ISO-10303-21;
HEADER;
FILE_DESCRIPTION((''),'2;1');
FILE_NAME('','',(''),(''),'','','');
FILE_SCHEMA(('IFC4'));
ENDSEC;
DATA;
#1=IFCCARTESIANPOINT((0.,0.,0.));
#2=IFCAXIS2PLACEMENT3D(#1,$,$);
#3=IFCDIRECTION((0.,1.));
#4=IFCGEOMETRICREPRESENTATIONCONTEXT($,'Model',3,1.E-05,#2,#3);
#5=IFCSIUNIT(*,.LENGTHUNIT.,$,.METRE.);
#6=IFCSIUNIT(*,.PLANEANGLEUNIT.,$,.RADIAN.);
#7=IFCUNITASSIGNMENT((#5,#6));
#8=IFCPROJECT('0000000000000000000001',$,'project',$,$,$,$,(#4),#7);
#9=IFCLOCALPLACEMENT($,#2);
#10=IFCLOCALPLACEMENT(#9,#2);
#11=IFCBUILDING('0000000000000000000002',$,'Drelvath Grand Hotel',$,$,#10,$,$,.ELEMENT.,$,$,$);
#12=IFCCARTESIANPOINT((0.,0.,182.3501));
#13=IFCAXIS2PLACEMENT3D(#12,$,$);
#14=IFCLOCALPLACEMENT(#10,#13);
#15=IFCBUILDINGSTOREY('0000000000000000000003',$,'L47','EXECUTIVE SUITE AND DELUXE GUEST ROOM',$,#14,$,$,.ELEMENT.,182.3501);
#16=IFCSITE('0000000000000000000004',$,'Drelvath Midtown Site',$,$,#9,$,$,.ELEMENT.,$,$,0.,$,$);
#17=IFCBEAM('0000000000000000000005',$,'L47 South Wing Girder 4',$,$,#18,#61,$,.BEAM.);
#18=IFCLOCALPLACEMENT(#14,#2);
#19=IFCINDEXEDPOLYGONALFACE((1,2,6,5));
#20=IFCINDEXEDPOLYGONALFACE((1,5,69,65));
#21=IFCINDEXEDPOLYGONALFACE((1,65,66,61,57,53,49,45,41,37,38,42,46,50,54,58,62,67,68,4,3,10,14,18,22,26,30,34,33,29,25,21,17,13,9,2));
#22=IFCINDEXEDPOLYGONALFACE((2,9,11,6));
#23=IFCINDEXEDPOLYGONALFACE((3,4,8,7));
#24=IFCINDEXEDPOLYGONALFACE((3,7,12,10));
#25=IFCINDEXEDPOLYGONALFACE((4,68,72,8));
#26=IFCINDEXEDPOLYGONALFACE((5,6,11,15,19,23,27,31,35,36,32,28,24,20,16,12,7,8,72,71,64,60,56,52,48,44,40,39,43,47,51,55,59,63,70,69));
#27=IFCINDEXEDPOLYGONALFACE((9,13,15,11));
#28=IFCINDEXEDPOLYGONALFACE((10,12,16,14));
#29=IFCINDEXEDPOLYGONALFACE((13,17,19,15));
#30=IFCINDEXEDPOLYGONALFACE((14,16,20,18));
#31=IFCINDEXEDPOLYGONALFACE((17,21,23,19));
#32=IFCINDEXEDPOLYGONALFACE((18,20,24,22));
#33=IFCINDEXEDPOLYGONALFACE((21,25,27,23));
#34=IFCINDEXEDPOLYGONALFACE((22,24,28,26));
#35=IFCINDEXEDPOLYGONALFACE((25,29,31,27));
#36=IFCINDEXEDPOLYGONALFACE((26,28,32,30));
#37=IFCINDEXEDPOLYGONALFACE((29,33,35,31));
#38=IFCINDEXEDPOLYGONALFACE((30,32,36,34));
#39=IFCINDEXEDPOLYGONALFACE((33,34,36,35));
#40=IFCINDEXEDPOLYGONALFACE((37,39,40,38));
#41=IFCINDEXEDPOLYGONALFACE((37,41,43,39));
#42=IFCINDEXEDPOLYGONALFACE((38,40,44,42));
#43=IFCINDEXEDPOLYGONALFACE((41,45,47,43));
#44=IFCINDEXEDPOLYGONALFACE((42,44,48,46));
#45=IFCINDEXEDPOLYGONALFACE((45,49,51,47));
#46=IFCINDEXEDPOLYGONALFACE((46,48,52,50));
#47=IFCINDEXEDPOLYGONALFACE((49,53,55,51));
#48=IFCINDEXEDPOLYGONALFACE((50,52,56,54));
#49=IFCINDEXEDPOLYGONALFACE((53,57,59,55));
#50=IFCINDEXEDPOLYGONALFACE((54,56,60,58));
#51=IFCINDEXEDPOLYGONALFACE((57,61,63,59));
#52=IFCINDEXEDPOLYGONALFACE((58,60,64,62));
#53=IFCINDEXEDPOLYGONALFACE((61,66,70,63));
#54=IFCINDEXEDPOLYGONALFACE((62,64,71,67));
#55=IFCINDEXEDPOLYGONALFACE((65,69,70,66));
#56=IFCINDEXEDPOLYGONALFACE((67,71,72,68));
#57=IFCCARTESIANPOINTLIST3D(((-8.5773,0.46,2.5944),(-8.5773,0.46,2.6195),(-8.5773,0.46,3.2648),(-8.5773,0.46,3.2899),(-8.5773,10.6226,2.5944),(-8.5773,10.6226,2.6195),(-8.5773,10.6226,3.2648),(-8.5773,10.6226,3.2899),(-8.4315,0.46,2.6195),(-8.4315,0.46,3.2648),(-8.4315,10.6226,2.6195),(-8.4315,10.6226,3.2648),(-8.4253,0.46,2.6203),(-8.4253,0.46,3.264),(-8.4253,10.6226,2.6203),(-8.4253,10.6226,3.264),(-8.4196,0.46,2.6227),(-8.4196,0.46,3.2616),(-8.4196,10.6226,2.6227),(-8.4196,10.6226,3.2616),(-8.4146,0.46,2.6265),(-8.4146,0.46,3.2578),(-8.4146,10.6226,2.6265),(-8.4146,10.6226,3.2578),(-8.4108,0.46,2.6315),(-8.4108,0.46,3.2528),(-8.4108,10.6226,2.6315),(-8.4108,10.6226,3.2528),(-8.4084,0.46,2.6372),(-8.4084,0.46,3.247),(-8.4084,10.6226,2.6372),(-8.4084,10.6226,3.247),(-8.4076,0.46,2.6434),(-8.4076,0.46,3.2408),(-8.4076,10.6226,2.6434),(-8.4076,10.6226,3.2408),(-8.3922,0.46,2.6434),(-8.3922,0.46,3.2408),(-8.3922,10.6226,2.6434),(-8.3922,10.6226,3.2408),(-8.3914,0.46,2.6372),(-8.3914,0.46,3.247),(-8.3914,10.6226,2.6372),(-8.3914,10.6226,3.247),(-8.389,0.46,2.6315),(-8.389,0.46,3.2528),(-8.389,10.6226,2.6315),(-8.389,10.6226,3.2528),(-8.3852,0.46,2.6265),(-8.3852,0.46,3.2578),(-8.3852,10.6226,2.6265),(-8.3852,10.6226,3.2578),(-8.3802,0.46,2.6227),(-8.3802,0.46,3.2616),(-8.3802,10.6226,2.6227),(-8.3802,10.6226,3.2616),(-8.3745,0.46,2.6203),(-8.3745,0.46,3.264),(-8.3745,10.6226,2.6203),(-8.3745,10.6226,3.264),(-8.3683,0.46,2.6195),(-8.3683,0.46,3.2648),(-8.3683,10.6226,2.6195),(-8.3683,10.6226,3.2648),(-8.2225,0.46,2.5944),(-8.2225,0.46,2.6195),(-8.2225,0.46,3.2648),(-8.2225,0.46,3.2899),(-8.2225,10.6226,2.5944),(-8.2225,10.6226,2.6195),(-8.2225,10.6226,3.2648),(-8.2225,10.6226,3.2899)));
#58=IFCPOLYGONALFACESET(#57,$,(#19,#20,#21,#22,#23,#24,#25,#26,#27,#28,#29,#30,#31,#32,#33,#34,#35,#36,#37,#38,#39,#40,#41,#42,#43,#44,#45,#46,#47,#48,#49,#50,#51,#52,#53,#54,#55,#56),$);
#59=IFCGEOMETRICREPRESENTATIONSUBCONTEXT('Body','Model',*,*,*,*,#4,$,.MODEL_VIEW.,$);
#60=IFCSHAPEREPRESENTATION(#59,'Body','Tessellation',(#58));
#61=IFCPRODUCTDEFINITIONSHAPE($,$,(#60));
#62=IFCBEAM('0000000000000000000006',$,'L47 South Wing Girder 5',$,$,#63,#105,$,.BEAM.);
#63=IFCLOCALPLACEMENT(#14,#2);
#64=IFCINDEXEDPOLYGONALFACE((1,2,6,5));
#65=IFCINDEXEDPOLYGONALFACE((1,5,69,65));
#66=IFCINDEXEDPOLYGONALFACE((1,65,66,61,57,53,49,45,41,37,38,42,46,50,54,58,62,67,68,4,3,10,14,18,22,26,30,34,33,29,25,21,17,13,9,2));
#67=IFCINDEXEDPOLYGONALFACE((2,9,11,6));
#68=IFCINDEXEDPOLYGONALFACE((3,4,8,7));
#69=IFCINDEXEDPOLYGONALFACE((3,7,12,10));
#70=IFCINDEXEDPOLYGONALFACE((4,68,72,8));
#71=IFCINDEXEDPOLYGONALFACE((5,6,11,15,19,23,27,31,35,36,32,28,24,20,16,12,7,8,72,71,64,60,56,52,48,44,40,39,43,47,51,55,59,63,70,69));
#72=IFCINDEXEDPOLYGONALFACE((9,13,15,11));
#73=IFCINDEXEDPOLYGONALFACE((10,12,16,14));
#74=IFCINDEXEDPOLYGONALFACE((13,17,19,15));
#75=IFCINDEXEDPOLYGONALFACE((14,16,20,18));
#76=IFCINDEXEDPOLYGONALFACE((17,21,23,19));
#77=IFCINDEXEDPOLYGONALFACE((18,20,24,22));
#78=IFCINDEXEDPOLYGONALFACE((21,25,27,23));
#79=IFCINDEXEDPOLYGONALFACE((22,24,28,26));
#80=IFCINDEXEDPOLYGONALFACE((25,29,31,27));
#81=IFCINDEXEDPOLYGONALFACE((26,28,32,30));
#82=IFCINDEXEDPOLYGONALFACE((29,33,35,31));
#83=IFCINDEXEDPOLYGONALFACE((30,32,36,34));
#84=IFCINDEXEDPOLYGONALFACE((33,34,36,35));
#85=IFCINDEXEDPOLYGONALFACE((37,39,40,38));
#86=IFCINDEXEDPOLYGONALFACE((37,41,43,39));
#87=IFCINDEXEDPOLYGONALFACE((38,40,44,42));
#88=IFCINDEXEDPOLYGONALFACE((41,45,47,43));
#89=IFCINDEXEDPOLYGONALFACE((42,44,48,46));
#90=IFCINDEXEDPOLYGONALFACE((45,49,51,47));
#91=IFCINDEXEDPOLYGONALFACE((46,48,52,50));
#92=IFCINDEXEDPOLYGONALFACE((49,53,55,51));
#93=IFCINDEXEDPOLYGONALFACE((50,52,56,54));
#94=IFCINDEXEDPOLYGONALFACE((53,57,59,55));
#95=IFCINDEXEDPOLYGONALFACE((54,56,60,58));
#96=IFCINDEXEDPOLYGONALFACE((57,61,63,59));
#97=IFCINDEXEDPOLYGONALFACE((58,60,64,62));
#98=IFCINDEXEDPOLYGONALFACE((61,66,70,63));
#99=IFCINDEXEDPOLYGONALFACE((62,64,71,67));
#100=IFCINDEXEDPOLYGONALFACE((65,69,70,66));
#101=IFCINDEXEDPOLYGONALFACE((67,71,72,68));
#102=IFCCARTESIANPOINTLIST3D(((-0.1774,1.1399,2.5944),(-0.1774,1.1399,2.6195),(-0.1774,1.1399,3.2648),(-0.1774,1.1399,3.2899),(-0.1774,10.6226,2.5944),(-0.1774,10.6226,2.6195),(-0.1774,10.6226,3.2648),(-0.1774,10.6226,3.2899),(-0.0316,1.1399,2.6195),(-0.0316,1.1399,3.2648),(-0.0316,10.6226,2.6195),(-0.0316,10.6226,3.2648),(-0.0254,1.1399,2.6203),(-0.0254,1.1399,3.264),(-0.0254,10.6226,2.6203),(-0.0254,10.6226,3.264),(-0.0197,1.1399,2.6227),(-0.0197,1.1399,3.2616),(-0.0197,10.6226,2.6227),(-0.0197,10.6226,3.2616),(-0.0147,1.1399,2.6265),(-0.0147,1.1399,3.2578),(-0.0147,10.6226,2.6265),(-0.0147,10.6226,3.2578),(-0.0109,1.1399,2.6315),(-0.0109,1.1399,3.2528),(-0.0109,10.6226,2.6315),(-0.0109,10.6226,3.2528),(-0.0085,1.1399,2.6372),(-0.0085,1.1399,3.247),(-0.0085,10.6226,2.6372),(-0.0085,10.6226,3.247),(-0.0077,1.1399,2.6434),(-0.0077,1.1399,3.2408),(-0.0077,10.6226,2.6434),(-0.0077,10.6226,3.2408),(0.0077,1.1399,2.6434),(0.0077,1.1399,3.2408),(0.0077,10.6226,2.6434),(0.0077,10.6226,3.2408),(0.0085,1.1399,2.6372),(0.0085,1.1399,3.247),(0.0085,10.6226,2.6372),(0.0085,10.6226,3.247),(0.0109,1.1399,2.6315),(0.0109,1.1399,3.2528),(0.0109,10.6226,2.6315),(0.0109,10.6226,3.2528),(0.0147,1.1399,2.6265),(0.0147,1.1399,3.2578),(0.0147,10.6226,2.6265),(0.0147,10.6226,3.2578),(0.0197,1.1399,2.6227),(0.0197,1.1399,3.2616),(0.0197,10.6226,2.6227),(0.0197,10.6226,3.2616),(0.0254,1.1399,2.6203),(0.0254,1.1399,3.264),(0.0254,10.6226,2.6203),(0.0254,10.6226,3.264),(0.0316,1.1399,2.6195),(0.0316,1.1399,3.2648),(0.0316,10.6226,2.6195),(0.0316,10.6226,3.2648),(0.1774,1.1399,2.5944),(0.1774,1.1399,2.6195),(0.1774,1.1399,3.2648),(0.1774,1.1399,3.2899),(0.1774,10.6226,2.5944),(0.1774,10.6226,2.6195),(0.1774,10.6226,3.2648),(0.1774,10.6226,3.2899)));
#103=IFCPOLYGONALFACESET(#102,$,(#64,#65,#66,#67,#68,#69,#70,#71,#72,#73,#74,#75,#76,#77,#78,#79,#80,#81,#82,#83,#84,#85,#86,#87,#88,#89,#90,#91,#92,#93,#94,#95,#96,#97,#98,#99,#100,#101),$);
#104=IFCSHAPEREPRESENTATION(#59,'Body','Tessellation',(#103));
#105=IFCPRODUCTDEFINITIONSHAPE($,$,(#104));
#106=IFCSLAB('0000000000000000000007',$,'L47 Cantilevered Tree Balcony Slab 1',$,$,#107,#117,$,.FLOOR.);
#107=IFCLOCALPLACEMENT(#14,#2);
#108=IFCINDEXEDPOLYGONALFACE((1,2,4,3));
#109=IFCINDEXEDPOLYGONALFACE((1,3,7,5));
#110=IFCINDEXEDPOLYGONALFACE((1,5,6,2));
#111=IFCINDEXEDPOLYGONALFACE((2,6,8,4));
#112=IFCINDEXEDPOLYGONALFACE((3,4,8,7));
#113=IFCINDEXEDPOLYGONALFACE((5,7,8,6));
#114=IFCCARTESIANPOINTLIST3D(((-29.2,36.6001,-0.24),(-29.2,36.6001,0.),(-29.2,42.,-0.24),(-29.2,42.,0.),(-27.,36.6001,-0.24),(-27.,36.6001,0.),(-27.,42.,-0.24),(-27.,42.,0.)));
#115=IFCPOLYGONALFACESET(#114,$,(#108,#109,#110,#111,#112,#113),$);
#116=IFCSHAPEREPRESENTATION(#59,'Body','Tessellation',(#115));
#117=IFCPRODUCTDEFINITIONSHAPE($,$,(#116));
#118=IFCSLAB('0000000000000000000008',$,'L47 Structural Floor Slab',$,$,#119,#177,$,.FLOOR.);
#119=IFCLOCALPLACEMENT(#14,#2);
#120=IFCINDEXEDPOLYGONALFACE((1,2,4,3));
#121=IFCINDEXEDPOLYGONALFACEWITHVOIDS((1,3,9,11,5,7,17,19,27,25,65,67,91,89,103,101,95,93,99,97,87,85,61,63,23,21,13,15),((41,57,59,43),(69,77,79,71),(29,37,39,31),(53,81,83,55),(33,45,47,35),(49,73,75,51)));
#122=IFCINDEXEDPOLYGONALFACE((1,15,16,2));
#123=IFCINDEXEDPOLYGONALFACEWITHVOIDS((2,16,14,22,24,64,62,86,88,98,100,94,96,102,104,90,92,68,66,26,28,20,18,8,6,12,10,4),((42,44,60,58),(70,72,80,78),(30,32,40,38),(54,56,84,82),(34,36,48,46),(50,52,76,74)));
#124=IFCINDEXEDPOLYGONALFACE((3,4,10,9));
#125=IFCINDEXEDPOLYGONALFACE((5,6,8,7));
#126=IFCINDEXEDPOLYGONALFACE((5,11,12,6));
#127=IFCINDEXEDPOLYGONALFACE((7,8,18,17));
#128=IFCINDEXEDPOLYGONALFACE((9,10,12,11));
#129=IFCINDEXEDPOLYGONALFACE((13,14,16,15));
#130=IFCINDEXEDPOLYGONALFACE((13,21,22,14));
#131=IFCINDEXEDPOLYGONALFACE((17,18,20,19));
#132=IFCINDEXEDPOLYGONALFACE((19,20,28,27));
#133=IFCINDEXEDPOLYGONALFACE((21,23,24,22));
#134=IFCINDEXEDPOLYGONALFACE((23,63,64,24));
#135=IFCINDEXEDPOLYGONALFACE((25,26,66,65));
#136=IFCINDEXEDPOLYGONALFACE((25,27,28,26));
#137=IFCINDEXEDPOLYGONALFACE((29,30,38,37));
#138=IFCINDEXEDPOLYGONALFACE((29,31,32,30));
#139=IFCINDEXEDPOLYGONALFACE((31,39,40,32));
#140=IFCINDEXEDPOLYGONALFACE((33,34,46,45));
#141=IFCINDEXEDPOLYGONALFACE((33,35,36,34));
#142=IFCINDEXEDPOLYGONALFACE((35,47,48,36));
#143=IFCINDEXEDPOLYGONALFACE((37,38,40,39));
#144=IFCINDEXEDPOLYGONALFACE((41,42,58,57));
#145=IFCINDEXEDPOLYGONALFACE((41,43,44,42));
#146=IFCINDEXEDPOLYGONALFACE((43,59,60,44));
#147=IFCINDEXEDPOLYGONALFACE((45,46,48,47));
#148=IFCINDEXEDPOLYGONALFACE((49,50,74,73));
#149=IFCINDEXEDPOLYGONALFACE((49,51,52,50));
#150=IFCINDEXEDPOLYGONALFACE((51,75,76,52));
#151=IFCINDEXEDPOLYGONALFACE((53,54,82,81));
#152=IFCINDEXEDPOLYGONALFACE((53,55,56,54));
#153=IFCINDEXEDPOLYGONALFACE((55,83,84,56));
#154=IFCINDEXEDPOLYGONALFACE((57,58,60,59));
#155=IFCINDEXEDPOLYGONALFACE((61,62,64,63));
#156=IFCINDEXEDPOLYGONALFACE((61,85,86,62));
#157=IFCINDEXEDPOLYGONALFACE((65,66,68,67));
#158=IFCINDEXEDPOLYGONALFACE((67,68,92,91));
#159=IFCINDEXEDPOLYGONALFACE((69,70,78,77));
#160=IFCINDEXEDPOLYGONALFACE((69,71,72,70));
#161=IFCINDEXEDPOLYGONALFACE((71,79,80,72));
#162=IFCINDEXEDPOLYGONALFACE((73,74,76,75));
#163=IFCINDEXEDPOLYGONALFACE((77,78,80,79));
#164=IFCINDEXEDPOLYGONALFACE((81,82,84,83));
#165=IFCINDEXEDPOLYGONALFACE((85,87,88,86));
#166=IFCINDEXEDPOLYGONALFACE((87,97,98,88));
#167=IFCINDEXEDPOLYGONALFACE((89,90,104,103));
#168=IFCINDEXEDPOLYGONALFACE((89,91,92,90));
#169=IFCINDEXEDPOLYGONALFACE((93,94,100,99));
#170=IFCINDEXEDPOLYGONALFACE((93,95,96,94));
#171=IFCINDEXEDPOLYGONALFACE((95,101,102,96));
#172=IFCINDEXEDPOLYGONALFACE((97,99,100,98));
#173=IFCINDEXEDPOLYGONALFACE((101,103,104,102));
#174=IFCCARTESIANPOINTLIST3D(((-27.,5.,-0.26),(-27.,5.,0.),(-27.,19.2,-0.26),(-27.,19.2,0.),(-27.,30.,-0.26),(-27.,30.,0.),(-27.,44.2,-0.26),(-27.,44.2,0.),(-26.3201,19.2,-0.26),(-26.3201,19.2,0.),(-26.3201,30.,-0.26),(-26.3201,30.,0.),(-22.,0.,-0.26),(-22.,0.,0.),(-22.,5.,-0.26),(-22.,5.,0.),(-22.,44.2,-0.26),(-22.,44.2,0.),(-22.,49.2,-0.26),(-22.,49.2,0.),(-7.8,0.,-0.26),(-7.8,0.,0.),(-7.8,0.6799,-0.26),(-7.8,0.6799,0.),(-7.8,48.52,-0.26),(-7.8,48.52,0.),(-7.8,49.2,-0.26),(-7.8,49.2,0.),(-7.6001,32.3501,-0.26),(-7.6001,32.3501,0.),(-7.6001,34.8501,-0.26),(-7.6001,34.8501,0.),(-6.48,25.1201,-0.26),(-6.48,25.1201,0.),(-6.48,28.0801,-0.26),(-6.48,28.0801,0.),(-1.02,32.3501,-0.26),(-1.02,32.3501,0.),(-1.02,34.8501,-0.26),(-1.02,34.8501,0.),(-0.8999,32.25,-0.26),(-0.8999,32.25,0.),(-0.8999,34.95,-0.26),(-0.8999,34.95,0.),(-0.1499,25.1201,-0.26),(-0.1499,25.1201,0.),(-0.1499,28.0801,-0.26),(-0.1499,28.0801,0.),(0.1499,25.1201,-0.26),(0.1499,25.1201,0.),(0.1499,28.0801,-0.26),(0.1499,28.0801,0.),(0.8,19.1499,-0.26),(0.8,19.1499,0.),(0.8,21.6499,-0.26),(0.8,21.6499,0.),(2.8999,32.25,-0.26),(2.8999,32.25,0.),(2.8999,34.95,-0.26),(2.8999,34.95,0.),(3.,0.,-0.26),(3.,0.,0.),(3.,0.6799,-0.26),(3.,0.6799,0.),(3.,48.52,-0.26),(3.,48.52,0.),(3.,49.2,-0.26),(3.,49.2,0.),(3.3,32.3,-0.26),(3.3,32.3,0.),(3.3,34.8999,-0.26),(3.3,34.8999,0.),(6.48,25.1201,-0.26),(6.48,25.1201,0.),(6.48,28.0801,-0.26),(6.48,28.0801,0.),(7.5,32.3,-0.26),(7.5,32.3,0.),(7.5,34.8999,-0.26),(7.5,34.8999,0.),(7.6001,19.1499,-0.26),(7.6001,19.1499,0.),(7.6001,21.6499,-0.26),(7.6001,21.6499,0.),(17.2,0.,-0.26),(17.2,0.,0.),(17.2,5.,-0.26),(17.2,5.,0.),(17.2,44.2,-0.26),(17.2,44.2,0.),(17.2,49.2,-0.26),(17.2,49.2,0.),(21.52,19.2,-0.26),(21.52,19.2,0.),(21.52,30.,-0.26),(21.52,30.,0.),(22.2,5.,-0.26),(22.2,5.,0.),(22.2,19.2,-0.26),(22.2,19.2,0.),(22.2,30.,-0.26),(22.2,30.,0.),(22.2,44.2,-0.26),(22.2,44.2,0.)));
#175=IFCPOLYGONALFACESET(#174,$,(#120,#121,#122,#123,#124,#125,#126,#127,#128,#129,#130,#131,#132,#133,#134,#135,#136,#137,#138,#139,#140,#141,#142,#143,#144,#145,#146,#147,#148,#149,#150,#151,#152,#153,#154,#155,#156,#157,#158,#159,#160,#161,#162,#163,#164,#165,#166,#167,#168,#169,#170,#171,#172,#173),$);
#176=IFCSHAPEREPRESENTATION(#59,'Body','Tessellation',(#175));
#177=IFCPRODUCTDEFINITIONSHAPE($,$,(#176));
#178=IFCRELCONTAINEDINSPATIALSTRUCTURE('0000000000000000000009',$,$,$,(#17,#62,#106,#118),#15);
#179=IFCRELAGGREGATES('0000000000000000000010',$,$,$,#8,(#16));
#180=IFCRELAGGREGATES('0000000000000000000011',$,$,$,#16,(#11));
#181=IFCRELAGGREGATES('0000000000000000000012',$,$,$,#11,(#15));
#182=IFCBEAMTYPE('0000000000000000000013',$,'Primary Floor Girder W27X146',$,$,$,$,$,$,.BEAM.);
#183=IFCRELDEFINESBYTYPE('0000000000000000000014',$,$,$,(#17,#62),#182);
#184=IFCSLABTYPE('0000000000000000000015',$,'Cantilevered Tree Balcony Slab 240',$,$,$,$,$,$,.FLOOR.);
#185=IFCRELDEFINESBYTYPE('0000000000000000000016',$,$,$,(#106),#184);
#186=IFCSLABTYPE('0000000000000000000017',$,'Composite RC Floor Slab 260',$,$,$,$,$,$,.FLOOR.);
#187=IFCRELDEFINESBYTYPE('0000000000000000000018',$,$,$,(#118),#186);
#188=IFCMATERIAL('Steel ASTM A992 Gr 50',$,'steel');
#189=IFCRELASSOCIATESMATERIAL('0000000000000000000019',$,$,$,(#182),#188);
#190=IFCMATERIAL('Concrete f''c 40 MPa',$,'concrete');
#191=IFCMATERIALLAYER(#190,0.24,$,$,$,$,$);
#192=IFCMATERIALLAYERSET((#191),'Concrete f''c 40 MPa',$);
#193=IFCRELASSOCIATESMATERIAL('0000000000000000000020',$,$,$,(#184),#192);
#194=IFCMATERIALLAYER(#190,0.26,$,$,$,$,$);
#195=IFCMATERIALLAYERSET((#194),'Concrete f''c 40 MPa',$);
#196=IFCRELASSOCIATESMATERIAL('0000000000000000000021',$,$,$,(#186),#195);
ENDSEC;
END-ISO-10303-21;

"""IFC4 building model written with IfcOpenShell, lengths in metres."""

from ifc_helpers import new_model, si_unit, direction, frame, origin, origin_2d, place, context, subcontext, project, spatial, polyline, i_section, outline, extrude, material, layer, layer_set, material_profile, profile_set, type_object, element, save


model = new_model("IFC4")

# Units and contexts
model_context = context("Model", 3, precision=1e-05, world=origin(), true_north=direction((0.0, 1.0)))
body_context = subcontext(model_context, "Body", "Model", "MODEL_VIEW")
ifc_project = project(units=[si_unit("LENGTHUNIT", "METRE"), si_unit("PLANEANGLEUNIT", "RADIAN")], contexts=[model_context])

# Site, building, storey
site_placement = place(None, origin())
site = spatial("IfcSite", under=ifc_project, at=site_placement, Name="Drelvath Midtown Site", CompositionType="ELEMENT", RefElevation=0.0)
building_placement = place(site_placement, origin())
building = spatial("IfcBuilding", under=site, at=building_placement, Name="Drelvath Grand Hotel", CompositionType="ELEMENT")
storey_placement = place(building_placement, frame((0.0, 0.0, 182.3501)))
storey = spatial("IfcBuildingStorey", under=building, at=storey_placement, Name="L47", Description="EXECUTIVE SUITE AND DELUXE GUEST ROOM", CompositionType="ELEMENT", Elevation=182.3501)

# Beams
ifc_material_1 = material(Name="Steel ASTM A992 Gr 50", Category="steel")
ifc_material_profile_1 = material_profile(ifc_material_1, i_section(OverallWidth=0.3547, OverallDepth=0.6956, WebThickness=0.0154, FlangeThickness=0.0251, FilletRadius=0.0239, at=origin_2d()), Name="W27X146")
ifc_profile_set_1 = profile_set([ifc_material_profile_1], Name="Steel ASTM A992 Gr 50")
beam_type_1 = type_object("IfcBeamType", Name="Primary Floor Girder W27X146", PredefinedType="BEAM", material=ifc_profile_set_1)
beam_1_placement = place(storey_placement, frame((-8.3999, 0.46, 2.9421), z_axis=(0.0, 1.0, 0.0), x_axis=(-1.0, 0.0, 0.0)))
element("IfcBeam", 1, at=beam_1_placement, inside=storey, type_object=beam_type_1, Name="L47 South Wing Girder 4", PredefinedType="BEAM", context=body_context, shape_type="SweptSolid", body=[
    extrude(i_section(OverallWidth=0.3547, OverallDepth=0.6956, WebThickness=0.0154, FlangeThickness=0.0251, FilletRadius=0.0239, at=origin_2d()), origin(), (0.0, 0.0, 1.0), 10.1626),
])
beam_2_placement = place(storey_placement, frame((0.0, 1.1399, 2.9421), z_axis=(0.0, 1.0, 0.0), x_axis=(-1.0, 0.0, 0.0)))
element("IfcBeam", 2, at=beam_2_placement, inside=storey, type_object=beam_type_1, Name="L47 South Wing Girder 5", PredefinedType="BEAM", context=body_context, shape_type="SweptSolid", body=[
    extrude(i_section(OverallWidth=0.3547, OverallDepth=0.6956, WebThickness=0.0154, FlangeThickness=0.0251, FilletRadius=0.0239, at=origin_2d()), origin(), (0.0, 0.0, 1.0), 9.4827),
])

# Slabs
ifc_material_2 = material(Name="Concrete f'c 40 MPa", Category="concrete")
ifc_layer_1 = layer(ifc_material_2, 0.24)
ifc_layer_set_1 = layer_set([ifc_layer_1], Name="Concrete f'c 40 MPa")
slab_type_1 = type_object("IfcSlabType", Name="Cantilevered Tree Balcony Slab 240", PredefinedType="FLOOR", material=ifc_layer_set_1)
slab_1_placement = place(storey_placement, frame((0.0, 0.0, -0.24)))
element("IfcSlab", 3, at=slab_1_placement, inside=storey, type_object=slab_type_1, Name="L47 Cantilevered Tree Balcony Slab 1", PredefinedType="FLOOR", context=body_context, shape_type="SweptSolid", body=[
    extrude(outline(polyline([(-29.2, 36.6001), (-27.0, 36.6001), (-27.0, 42.0), (-29.2, 42.0), (-29.2, 36.6001)])), origin(), (0.0, 0.0, 1.0), 0.24),
])
ifc_layer_2 = layer(ifc_material_2, 0.26)
ifc_layer_set_2 = layer_set([ifc_layer_2], Name="Concrete f'c 40 MPa")
slab_type_2 = type_object("IfcSlabType", Name="Composite RC Floor Slab 260", PredefinedType="FLOOR", material=ifc_layer_set_2)
slab_2_placement = place(storey_placement, frame((0.0, 0.0, -0.26)))
element("IfcSlab", 4, at=slab_2_placement, inside=storey, type_object=slab_type_2, Name="L47 Structural Floor Slab", PredefinedType="FLOOR", context=body_context, shape_type="SweptSolid", body=[
    extrude(outline(polyline([(-22.0, 0.0), (-7.8, 0.0), (-7.8, 0.6799), (3.0, 0.6799), (3.0, 0.0), (17.2, 0.0), (17.2, 5.0), (22.2, 5.0), (22.2, 19.2), (21.52, 19.2), (21.52, 30.0), (22.2, 30.0), (22.2, 44.2), (17.2, 44.2), (17.2, 49.2), (3.0, 49.2), (3.0, 48.52), (-7.8, 48.52), (-7.8, 49.2), (-22.0, 49.2), (-22.0, 44.2), (-27.0, 44.2), (-27.0, 30.0), (-26.3201, 30.0), (-26.3201, 19.2), (-27.0, 19.2), (-27.0, 5.0), (-22.0, 5.0), (-22.0, 0.0)]), holes=[polyline([(-6.48, 25.1201), (-6.48, 28.0801), (-0.1499, 28.0801), (-0.1499, 25.1201), (-6.48, 25.1201)]), polyline([(0.1499, 25.1201), (0.1499, 28.0801), (6.48, 28.0801), (6.48, 25.1201), (0.1499, 25.1201)]), polyline([(0.8, 19.1499), (0.8, 21.6499), (7.6001, 21.6499), (7.6001, 19.1499), (0.8, 19.1499)]), polyline([(-7.6001, 32.3501), (-7.6001, 34.8501), (-1.02, 34.8501), (-1.02, 32.3501), (-7.6001, 32.3501)]), polyline([(-0.8999, 32.25), (-0.8999, 34.95), (2.8999, 34.95), (2.8999, 32.25), (-0.8999, 32.25)]), polyline([(3.3, 32.3), (3.3, 34.8999), (7.5, 34.8999), (7.5, 32.3), (3.3, 32.3)])]), origin(), (0.0, 0.0, 1.0), 0.26),
])

save(model, "model.ifc")
